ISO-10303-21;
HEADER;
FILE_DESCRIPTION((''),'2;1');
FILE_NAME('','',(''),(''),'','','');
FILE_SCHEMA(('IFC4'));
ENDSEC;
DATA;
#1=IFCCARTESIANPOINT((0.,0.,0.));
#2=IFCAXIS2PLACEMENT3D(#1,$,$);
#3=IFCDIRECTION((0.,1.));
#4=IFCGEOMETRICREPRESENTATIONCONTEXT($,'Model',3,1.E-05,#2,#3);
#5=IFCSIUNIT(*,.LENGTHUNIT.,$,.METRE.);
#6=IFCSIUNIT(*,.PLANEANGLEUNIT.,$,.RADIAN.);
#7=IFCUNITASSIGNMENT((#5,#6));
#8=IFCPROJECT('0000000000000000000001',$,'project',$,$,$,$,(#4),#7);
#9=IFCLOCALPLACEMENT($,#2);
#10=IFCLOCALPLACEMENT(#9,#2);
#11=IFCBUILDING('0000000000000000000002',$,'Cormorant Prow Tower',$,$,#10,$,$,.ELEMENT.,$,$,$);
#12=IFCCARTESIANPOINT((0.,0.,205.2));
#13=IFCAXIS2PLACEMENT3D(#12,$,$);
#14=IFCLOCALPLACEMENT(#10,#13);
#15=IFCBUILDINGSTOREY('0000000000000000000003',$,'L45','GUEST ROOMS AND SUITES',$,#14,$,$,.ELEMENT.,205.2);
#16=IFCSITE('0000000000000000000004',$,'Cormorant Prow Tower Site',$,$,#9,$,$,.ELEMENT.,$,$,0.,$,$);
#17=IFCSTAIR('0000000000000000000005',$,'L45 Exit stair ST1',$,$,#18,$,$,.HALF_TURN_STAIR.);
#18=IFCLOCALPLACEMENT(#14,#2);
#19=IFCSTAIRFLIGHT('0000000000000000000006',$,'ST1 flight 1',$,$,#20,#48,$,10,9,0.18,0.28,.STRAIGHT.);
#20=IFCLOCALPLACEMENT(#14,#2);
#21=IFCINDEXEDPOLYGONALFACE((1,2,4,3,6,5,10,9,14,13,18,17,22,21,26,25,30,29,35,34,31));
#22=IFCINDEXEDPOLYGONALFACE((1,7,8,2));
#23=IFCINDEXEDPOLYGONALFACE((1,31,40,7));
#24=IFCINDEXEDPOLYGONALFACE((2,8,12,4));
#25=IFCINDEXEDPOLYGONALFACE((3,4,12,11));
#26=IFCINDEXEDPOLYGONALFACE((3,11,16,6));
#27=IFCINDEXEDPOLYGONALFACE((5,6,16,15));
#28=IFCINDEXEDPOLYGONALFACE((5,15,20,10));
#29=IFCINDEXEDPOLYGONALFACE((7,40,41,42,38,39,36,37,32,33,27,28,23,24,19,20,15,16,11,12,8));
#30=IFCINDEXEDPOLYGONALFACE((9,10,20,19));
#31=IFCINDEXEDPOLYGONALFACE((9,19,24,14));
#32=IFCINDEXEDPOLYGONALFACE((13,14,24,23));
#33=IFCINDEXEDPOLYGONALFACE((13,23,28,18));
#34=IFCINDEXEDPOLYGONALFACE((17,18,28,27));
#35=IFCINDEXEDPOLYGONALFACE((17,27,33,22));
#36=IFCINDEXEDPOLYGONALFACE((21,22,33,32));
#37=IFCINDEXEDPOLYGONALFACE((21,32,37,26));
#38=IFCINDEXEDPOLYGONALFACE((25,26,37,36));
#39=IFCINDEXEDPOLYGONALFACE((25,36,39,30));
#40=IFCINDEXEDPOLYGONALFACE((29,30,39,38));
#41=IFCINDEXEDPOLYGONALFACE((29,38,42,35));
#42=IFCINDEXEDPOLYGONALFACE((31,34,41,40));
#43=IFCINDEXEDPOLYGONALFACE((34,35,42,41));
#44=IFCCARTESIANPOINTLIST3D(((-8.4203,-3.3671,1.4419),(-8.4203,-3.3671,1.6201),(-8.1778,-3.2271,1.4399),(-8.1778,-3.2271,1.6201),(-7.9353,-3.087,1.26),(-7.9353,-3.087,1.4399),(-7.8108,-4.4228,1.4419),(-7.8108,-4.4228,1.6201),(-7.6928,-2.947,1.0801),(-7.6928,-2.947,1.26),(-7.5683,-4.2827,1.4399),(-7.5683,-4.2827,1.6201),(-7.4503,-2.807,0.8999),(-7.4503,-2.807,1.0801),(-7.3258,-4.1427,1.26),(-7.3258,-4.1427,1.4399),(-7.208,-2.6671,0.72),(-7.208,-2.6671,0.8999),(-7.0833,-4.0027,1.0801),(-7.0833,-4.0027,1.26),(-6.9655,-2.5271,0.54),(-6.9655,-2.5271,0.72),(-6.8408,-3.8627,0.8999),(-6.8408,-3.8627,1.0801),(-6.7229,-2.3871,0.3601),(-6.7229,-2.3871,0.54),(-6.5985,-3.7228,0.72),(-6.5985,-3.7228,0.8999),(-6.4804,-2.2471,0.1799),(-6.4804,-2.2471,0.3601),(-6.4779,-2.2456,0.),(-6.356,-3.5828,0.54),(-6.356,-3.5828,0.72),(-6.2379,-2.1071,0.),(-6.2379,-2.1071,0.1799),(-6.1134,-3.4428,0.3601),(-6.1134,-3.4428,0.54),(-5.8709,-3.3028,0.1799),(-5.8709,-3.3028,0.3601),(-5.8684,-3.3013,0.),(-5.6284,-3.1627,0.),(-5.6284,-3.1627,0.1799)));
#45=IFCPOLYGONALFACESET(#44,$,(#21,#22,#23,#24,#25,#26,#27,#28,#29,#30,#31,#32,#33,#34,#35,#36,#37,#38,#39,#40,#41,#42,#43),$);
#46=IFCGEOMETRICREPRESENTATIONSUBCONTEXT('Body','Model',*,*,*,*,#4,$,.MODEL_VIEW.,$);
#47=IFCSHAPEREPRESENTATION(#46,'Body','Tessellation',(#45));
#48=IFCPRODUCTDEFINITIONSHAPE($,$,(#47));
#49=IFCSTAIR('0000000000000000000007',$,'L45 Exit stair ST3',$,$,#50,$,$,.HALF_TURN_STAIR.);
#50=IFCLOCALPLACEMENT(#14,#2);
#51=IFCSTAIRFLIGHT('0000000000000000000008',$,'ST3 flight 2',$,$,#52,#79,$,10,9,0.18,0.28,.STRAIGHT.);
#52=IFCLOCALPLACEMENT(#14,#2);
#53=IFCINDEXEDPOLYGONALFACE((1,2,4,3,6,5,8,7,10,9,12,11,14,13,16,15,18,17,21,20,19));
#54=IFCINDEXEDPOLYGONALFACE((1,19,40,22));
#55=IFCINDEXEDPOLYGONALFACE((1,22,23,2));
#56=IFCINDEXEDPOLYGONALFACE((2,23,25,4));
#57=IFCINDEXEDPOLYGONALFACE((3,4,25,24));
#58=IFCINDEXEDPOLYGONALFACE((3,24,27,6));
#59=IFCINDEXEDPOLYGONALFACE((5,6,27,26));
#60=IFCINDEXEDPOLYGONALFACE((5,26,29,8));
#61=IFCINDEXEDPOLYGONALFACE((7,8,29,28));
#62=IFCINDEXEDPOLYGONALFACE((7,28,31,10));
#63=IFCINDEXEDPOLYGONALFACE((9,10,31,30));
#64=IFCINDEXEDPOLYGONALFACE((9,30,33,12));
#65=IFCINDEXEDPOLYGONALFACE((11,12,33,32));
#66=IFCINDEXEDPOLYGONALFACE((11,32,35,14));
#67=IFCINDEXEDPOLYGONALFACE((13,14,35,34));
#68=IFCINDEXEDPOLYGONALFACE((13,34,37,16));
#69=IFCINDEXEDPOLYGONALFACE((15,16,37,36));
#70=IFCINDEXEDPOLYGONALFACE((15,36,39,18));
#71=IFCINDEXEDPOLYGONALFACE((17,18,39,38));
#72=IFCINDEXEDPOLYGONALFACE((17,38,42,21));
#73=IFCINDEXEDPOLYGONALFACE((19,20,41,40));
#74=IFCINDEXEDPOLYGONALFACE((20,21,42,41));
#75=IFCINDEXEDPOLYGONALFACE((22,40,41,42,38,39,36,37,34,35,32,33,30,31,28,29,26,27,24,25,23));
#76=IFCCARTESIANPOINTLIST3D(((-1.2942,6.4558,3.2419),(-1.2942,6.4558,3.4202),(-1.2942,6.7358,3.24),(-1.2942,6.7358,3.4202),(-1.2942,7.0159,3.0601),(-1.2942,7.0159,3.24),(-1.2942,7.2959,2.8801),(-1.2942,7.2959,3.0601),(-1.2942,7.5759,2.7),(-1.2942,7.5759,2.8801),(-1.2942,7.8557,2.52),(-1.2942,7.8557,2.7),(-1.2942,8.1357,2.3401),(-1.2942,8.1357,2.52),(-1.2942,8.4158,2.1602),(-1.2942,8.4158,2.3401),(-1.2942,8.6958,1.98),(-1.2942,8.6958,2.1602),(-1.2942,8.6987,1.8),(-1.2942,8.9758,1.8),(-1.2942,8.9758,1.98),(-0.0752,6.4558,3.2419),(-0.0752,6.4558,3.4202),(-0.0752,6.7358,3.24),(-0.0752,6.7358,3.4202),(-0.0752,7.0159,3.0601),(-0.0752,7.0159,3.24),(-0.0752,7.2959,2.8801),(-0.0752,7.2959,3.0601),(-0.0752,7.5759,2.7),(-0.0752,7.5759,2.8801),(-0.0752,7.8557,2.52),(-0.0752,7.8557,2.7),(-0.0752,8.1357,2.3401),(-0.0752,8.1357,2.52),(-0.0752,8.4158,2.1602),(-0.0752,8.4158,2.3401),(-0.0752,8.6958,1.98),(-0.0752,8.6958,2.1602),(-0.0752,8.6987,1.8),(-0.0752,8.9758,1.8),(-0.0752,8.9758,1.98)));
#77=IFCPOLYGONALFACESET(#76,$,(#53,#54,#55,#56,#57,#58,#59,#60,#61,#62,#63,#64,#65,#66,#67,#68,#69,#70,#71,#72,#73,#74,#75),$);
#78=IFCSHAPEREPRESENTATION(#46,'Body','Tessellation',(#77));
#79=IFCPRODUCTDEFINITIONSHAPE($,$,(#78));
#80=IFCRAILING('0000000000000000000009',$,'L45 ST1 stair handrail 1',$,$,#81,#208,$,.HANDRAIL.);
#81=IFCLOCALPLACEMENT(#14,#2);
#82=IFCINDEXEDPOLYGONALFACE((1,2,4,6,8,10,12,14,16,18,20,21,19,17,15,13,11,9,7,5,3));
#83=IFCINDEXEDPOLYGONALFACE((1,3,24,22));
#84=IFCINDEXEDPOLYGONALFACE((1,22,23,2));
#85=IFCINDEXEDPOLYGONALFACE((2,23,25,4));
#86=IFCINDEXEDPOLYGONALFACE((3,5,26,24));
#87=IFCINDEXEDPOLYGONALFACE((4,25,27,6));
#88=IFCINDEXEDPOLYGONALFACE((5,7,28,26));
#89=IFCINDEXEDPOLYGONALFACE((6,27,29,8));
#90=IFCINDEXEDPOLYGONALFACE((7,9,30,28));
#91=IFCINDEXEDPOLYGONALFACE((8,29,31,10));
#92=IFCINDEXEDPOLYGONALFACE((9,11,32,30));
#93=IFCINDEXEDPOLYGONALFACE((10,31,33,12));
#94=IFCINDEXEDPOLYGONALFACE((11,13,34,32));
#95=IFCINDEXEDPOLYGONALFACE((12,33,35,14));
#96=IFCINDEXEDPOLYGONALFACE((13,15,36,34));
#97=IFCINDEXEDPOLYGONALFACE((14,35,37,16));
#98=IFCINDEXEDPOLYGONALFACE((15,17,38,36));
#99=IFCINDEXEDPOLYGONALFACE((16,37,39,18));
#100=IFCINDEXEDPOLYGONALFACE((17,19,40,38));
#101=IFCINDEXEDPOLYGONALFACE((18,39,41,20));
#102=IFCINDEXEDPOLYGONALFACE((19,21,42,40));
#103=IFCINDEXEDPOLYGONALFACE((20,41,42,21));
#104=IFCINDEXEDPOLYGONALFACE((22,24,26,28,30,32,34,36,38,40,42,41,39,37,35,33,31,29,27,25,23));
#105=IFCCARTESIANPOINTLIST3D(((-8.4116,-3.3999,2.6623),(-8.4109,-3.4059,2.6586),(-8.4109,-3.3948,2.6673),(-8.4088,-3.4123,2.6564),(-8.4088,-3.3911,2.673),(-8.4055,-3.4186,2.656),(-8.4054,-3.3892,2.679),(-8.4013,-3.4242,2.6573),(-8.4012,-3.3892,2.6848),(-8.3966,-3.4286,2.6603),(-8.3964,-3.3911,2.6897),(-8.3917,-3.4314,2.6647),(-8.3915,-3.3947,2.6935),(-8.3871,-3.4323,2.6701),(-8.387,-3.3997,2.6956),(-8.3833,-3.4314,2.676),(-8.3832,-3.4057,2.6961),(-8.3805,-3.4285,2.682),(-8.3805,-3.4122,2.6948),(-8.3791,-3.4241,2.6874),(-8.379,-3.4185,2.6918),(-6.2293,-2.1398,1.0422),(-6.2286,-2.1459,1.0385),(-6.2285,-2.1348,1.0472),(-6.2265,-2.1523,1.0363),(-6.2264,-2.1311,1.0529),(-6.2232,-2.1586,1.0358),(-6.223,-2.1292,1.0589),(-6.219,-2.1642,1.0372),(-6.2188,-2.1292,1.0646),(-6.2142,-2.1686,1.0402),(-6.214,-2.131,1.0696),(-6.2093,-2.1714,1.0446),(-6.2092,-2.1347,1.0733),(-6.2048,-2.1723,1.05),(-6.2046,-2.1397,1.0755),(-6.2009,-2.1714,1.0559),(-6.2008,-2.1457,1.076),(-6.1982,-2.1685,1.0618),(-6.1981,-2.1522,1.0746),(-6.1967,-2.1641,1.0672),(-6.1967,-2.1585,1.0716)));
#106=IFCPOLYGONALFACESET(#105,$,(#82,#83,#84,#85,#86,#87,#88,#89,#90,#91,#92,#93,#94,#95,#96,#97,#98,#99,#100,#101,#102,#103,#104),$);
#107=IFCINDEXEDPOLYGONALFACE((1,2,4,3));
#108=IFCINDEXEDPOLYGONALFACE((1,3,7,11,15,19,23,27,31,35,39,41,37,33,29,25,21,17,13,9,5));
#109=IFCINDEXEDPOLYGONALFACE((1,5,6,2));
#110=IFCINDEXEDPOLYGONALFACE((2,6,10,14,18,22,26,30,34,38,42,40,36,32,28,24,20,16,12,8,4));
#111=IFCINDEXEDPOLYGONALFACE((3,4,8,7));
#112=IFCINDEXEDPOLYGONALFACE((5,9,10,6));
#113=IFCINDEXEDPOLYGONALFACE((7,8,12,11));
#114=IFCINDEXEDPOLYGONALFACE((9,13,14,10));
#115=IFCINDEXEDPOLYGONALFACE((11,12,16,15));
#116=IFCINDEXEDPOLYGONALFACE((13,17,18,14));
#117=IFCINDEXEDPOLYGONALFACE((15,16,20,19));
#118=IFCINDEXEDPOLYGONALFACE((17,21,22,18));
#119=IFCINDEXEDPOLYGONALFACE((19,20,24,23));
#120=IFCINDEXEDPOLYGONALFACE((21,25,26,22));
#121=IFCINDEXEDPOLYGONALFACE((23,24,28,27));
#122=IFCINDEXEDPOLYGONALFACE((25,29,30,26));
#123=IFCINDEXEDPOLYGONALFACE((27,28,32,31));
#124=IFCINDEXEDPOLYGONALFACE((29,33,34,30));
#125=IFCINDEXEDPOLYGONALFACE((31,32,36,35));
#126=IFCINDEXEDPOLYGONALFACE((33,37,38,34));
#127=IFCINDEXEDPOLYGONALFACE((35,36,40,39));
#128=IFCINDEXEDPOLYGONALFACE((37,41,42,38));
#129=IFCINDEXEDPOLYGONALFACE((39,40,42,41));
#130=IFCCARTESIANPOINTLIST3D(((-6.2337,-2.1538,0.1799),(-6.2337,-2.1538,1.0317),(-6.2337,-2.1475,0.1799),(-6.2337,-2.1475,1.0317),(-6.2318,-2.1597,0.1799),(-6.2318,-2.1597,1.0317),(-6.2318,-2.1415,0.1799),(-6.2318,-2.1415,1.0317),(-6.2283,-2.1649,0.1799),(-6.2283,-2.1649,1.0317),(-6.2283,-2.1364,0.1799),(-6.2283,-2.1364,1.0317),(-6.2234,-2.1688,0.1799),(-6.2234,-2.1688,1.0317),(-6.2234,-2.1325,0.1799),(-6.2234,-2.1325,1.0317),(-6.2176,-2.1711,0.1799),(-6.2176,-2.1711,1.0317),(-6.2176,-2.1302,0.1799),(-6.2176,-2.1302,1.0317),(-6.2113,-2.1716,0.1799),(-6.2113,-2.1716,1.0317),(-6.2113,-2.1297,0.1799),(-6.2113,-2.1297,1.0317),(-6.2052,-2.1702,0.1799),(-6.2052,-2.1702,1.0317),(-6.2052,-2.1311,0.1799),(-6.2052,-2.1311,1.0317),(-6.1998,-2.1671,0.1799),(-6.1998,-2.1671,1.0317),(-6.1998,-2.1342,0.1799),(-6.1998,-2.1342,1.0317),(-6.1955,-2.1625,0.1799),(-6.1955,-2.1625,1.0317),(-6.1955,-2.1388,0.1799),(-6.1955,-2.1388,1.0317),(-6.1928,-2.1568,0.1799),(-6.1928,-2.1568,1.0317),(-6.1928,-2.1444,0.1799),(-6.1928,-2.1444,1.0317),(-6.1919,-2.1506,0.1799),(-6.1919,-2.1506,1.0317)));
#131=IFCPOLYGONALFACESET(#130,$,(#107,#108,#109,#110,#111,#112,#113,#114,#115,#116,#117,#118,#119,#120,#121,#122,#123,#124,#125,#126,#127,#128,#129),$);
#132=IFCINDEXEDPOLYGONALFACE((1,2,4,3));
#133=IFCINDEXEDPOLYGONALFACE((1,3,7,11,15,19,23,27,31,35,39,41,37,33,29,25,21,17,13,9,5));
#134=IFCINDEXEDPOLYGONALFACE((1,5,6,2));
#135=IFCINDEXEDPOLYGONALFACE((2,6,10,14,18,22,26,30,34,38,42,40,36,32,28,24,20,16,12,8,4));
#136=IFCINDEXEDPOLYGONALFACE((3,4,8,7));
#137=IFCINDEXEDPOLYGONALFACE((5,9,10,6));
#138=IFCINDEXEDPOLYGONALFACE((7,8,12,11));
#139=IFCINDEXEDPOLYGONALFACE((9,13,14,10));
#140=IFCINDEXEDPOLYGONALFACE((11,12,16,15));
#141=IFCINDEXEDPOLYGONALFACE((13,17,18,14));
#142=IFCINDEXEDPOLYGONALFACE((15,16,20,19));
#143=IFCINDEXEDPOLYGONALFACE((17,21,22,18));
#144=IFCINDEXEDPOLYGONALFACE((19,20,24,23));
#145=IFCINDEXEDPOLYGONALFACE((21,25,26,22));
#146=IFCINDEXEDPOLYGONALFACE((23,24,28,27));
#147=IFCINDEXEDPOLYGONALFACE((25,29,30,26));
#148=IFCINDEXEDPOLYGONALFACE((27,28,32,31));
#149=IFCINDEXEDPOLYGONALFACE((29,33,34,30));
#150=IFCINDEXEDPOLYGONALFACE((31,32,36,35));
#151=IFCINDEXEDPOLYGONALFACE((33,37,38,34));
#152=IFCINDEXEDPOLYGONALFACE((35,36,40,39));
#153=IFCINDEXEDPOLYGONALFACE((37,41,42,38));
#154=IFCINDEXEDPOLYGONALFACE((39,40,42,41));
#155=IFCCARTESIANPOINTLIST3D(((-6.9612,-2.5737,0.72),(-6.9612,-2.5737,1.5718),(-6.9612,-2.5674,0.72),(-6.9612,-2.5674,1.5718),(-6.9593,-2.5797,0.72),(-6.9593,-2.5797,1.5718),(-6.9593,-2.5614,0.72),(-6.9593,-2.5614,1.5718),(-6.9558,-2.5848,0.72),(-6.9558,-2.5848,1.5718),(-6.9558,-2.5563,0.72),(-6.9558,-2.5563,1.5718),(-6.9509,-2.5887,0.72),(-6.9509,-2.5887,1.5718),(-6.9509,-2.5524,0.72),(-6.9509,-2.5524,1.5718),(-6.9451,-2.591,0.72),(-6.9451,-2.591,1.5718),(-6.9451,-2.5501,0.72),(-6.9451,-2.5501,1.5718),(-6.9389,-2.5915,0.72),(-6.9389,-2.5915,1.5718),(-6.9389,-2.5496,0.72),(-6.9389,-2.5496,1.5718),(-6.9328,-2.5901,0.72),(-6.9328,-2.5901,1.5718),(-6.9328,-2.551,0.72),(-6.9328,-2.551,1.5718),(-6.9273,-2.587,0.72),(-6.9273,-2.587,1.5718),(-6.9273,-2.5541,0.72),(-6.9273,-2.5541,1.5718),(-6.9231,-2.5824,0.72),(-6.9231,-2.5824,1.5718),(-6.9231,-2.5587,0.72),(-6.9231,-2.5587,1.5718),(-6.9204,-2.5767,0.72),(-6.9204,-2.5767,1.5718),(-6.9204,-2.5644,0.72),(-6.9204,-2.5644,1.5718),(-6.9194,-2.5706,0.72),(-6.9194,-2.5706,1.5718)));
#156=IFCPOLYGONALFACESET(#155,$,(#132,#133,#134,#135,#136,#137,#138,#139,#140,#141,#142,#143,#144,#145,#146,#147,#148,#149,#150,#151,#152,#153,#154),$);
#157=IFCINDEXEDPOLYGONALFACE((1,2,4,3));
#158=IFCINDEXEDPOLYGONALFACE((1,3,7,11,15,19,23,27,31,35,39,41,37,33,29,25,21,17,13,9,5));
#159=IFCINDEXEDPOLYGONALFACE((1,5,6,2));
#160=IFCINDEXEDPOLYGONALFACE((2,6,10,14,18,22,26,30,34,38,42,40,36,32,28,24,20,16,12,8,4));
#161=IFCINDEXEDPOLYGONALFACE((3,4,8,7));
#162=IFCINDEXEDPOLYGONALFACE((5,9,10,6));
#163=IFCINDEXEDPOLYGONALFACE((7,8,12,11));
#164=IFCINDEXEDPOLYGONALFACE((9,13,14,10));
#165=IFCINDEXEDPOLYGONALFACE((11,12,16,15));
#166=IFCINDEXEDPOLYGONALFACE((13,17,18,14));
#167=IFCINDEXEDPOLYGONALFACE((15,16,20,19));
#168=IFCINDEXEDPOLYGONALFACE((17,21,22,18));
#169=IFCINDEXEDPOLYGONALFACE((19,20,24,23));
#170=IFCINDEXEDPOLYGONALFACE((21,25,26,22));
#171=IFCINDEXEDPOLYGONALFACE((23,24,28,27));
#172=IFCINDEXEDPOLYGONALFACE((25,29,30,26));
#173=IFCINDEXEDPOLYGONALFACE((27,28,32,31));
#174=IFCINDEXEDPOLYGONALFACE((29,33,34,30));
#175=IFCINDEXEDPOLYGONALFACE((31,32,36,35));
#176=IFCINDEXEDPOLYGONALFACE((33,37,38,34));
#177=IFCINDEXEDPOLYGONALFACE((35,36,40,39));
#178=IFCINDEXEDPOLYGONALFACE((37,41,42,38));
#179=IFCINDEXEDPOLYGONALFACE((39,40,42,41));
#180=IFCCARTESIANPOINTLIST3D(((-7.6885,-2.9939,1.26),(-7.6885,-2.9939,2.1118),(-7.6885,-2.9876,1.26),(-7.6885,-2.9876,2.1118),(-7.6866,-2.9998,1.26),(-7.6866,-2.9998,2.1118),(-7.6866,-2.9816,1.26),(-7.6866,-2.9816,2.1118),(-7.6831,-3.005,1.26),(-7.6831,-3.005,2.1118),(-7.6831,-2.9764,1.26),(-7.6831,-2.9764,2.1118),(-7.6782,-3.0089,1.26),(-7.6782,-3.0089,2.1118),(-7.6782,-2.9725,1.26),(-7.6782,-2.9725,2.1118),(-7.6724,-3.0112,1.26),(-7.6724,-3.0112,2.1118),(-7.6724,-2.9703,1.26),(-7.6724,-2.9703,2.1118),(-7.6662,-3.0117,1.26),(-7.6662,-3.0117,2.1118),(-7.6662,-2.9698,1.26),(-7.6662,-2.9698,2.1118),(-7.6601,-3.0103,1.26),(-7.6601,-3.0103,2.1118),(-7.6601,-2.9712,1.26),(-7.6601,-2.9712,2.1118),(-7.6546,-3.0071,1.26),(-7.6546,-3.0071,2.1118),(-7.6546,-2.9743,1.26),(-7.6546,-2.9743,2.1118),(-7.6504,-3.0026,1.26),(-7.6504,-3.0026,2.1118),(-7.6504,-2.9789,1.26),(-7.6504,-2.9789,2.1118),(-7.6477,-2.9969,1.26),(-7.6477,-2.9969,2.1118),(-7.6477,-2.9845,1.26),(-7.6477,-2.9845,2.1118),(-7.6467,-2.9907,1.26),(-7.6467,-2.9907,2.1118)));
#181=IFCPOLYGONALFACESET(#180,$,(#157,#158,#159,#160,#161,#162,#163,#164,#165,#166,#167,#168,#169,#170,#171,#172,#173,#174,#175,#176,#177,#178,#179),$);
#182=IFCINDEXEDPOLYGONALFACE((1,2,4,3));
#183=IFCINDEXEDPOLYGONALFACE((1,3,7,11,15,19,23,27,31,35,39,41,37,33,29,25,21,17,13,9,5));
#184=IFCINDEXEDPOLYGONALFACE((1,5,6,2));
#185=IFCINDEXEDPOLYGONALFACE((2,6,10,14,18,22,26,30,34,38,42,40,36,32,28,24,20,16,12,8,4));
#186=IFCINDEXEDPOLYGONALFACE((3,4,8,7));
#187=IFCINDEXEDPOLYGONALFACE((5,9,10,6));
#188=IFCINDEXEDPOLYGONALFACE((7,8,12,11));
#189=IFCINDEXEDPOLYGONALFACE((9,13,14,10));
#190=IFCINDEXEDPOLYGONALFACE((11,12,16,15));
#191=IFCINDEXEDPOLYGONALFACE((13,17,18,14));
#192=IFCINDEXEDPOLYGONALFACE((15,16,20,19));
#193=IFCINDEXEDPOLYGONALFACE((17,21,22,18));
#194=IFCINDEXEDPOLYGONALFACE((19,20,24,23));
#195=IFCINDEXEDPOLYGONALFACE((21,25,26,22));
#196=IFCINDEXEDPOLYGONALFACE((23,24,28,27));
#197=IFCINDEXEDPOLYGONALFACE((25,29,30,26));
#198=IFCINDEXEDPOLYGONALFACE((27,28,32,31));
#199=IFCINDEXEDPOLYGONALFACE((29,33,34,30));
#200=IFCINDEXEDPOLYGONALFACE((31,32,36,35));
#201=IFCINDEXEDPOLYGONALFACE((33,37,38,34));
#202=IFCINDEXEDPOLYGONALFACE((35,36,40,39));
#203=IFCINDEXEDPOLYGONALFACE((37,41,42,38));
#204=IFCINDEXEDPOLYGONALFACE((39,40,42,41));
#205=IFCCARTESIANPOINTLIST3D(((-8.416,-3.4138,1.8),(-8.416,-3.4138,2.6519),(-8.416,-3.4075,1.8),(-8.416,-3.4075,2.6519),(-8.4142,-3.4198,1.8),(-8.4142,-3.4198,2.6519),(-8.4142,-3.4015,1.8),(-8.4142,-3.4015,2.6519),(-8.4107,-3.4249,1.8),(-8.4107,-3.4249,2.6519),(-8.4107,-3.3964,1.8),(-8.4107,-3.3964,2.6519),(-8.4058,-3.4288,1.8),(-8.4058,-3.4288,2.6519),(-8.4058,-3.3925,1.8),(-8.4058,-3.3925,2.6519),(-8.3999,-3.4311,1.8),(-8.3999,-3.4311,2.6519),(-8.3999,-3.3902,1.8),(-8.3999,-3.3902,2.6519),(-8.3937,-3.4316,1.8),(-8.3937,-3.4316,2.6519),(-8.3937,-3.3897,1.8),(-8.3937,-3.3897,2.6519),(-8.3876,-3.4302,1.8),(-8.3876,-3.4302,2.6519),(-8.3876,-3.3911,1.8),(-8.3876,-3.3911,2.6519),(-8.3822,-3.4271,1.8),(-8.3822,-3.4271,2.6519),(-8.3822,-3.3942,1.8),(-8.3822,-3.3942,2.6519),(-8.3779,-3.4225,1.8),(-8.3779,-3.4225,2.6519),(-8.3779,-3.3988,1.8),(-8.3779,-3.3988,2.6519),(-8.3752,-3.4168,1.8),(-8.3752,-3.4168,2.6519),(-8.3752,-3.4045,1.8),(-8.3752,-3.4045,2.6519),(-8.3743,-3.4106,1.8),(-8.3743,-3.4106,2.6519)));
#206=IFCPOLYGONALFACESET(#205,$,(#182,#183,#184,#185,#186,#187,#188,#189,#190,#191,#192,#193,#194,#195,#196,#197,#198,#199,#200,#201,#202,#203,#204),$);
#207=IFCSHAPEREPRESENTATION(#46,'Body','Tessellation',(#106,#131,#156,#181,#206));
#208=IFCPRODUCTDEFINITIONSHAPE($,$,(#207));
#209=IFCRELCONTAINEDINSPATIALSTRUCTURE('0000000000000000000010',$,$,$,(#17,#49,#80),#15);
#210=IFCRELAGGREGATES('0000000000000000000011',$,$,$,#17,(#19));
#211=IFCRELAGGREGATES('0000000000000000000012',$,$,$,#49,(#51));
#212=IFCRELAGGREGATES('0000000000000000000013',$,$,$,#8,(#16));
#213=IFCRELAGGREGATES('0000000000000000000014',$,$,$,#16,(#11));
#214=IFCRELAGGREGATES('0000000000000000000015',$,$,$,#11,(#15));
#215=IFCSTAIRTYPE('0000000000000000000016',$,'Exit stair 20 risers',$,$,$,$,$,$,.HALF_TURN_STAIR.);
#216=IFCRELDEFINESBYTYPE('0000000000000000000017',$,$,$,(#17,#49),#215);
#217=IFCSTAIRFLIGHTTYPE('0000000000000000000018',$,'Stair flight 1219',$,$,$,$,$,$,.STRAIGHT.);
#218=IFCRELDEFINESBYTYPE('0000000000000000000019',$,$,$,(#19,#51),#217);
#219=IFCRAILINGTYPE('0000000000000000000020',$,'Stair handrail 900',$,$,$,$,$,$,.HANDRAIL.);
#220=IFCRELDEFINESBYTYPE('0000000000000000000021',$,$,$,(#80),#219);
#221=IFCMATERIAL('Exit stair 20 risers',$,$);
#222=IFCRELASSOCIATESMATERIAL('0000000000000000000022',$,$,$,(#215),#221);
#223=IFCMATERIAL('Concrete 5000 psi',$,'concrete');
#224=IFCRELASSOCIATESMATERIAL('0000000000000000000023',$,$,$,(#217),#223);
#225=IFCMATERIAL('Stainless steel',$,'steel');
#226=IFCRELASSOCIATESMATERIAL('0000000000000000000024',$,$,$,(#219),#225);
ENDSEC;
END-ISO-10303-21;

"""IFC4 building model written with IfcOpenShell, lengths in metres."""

from ifc_helpers import new_model, si_unit, direction, frame, origin, origin_2d, place, context, subcontext, project, spatial, polyline, circle, outline, extrude, material, type_object, element, aggregate, save


model = new_model("IFC4")

# Units and contexts
model_context = context("Model", 3, precision=1e-05, world=origin(), true_north=direction((0.0, 1.0)))
body_context = subcontext(model_context, "Body", "Model", "MODEL_VIEW")
ifc_project = project(units=[si_unit("LENGTHUNIT", "METRE"), si_unit("PLANEANGLEUNIT", "RADIAN")], contexts=[model_context])

# Site, building, storey
site_placement = place(None, origin())
site = spatial("IfcSite", under=ifc_project, at=site_placement, Name="Cormorant Prow Tower Site", CompositionType="ELEMENT", RefElevation=0.0)
building_placement = place(site_placement, origin())
building = spatial("IfcBuilding", under=site, at=building_placement, Name="Cormorant Prow Tower", CompositionType="ELEMENT")
storey_placement = place(building_placement, frame((0.0, 0.0, 205.2)))
storey = spatial("IfcBuildingStorey", under=building, at=storey_placement, Name="L45", Description="GUEST ROOMS AND SUITES", CompositionType="ELEMENT", Elevation=205.2)

# Stairs, stair flights
ifc_material_1 = material(Name="Exit stair 20 risers")
stair_type = type_object("IfcStairType", Name="Exit stair 20 risers", PredefinedType="HALF_TURN_STAIR", material=ifc_material_1)
stair_1_placement = place(storey_placement, origin())
stair_1 = element("IfcStair", 1, at=stair_1_placement, inside=storey, type_object=stair_type, Name="L45 Exit stair ST1", PredefinedType="HALF_TURN_STAIR")
ifc_material_2 = material(Name="Concrete 5000 psi", Category="concrete")
stair_flight_type = type_object("IfcStairFlightType", Name="Stair flight 1219", PredefinedType="STRAIGHT", material=ifc_material_2)
stair_flight_1_placement = place(storey_placement, frame((-5.9331, -2.635, 0.0), z_axis=(0.0, 0.0, 1.0), x_axis=(-0.866025, -0.5, 0.0)))
stair_flight_1 = element("IfcStairFlight", 2, at=stair_flight_1_placement, type_object=stair_flight_type, Name="ST1 flight 1", NumberOfRisers=10, NumberOfTreads=9, PredefinedType="STRAIGHT", RiserHeight=0.18, TreadLength=0.28, context=body_context, shape_type="SweptSolid", body=[
    extrude(outline(polyline([(0.0, 0.0), (0.0, 0.1799), (0.28, 0.1799), (0.28, 0.3601), (0.5601, 0.3601), (0.5601, 0.54), (0.8401, 0.54), (0.8401, 0.72), (1.1201, 0.72), (1.1201, 0.8999), (1.3999, 0.8999), (1.3999, 1.0801), (1.6799, 1.0801), (1.6799, 1.26), (1.96, 1.26), (1.96, 1.4399), (2.24, 1.4399), (2.24, 1.6201), (2.52, 1.6201), (2.52, 1.8), (2.52, 1.4419), (0.2771, 0.0), (0.0, 0.0)])), frame((0.0, 0.6094, 0.0), z_axis=(0.0, -1.0, 0.0), x_axis=(1.0, 0.0, 0.0)), (0.0, 0.0, 1.0), 1.219),
])
aggregate(stair_1, [stair_flight_1])
stair_2_placement = place(storey_placement, origin())
stair_2 = element("IfcStair", 3, at=stair_2_placement, inside=storey, type_object=stair_type, Name="L45 Exit stair ST3", PredefinedType="HALF_TURN_STAIR")
stair_flight_2_placement = place(storey_placement, frame((-0.6846, 8.9758, 1.8), z_axis=(0.0, 0.0, 1.0), x_axis=(0.0, -1.0, 0.0)))
stair_flight_2 = element("IfcStairFlight", 4, at=stair_flight_2_placement, type_object=stair_flight_type, Name="ST3 flight 2", NumberOfRisers=10, NumberOfTreads=9, PredefinedType="STRAIGHT", RiserHeight=0.18, TreadLength=0.28, context=body_context, shape_type="SweptSolid", body=[
    extrude(outline(polyline([(0.0, 0.0), (0.0, 0.1799), (0.28, 0.1799), (0.28, 0.3601), (0.5601, 0.3601), (0.5601, 0.54), (0.8401, 0.54), (0.8401, 0.72), (1.1201, 0.72), (1.1201, 0.8999), (1.3999, 0.8999), (1.3999, 1.0801), (1.6799, 1.0801), (1.6799, 1.26), (1.96, 1.26), (1.96, 1.4399), (2.24, 1.4399), (2.24, 1.6201), (2.52, 1.6201), (2.52, 1.8), (2.52, 1.4419), (0.2771, 0.0), (0.0, 0.0)])), frame((0.0, 0.6094, 0.0), z_axis=(0.0, -1.0, 0.0), x_axis=(1.0, 0.0, 0.0)), (0.0, 0.0, 1.0), 1.219),
])
aggregate(stair_2, [stair_flight_2])

# Railing
ifc_material_3 = material(Name="Stainless steel", Category="steel")
railing_type = type_object("IfcRailingType", Name="Stair handrail 900", PredefinedType="HANDRAIL", material=ifc_material_3)
railing_1_placement = place(storey_placement, frame((-6.2129, -2.1506, 0.1799)))
element("IfcRailing", 5, at=railing_1_placement, inside=storey, type_object=railing_type, Name="L45 ST1 stair handrail 1", PredefinedType="HANDRAIL", context=body_context, shape_type="SweptSolid", body=[
    extrude(circle(Radius=0.0239, at=origin_2d()), frame((0.0, 0.0, 0.876), z_axis=(-0.728464, -0.420584, 0.540786), x_axis=(0.500005, -0.866023, 0.0)), (0.0, 0.0, 1.0), 2.9958),
    extrude(circle(Radius=0.021, at=origin_2d()), origin(), (0.0, 0.0, 1.0), 0.8518),
    extrude(circle(Radius=0.021, at=origin_2d()), frame((-0.7275, -0.4199, 0.54)), (0.0, 0.0, 1.0), 0.8518),
    extrude(circle(Radius=0.021, at=origin_2d()), frame((-1.4548, -0.8401, 1.0801)), (0.0, 0.0, 1.0), 0.8518),
    extrude(circle(Radius=0.021, at=origin_2d()), frame((-2.1824, -1.26, 1.6201)), (0.0, 0.0, 1.0), 0.8518),
])

save(model, "model.ifc")
